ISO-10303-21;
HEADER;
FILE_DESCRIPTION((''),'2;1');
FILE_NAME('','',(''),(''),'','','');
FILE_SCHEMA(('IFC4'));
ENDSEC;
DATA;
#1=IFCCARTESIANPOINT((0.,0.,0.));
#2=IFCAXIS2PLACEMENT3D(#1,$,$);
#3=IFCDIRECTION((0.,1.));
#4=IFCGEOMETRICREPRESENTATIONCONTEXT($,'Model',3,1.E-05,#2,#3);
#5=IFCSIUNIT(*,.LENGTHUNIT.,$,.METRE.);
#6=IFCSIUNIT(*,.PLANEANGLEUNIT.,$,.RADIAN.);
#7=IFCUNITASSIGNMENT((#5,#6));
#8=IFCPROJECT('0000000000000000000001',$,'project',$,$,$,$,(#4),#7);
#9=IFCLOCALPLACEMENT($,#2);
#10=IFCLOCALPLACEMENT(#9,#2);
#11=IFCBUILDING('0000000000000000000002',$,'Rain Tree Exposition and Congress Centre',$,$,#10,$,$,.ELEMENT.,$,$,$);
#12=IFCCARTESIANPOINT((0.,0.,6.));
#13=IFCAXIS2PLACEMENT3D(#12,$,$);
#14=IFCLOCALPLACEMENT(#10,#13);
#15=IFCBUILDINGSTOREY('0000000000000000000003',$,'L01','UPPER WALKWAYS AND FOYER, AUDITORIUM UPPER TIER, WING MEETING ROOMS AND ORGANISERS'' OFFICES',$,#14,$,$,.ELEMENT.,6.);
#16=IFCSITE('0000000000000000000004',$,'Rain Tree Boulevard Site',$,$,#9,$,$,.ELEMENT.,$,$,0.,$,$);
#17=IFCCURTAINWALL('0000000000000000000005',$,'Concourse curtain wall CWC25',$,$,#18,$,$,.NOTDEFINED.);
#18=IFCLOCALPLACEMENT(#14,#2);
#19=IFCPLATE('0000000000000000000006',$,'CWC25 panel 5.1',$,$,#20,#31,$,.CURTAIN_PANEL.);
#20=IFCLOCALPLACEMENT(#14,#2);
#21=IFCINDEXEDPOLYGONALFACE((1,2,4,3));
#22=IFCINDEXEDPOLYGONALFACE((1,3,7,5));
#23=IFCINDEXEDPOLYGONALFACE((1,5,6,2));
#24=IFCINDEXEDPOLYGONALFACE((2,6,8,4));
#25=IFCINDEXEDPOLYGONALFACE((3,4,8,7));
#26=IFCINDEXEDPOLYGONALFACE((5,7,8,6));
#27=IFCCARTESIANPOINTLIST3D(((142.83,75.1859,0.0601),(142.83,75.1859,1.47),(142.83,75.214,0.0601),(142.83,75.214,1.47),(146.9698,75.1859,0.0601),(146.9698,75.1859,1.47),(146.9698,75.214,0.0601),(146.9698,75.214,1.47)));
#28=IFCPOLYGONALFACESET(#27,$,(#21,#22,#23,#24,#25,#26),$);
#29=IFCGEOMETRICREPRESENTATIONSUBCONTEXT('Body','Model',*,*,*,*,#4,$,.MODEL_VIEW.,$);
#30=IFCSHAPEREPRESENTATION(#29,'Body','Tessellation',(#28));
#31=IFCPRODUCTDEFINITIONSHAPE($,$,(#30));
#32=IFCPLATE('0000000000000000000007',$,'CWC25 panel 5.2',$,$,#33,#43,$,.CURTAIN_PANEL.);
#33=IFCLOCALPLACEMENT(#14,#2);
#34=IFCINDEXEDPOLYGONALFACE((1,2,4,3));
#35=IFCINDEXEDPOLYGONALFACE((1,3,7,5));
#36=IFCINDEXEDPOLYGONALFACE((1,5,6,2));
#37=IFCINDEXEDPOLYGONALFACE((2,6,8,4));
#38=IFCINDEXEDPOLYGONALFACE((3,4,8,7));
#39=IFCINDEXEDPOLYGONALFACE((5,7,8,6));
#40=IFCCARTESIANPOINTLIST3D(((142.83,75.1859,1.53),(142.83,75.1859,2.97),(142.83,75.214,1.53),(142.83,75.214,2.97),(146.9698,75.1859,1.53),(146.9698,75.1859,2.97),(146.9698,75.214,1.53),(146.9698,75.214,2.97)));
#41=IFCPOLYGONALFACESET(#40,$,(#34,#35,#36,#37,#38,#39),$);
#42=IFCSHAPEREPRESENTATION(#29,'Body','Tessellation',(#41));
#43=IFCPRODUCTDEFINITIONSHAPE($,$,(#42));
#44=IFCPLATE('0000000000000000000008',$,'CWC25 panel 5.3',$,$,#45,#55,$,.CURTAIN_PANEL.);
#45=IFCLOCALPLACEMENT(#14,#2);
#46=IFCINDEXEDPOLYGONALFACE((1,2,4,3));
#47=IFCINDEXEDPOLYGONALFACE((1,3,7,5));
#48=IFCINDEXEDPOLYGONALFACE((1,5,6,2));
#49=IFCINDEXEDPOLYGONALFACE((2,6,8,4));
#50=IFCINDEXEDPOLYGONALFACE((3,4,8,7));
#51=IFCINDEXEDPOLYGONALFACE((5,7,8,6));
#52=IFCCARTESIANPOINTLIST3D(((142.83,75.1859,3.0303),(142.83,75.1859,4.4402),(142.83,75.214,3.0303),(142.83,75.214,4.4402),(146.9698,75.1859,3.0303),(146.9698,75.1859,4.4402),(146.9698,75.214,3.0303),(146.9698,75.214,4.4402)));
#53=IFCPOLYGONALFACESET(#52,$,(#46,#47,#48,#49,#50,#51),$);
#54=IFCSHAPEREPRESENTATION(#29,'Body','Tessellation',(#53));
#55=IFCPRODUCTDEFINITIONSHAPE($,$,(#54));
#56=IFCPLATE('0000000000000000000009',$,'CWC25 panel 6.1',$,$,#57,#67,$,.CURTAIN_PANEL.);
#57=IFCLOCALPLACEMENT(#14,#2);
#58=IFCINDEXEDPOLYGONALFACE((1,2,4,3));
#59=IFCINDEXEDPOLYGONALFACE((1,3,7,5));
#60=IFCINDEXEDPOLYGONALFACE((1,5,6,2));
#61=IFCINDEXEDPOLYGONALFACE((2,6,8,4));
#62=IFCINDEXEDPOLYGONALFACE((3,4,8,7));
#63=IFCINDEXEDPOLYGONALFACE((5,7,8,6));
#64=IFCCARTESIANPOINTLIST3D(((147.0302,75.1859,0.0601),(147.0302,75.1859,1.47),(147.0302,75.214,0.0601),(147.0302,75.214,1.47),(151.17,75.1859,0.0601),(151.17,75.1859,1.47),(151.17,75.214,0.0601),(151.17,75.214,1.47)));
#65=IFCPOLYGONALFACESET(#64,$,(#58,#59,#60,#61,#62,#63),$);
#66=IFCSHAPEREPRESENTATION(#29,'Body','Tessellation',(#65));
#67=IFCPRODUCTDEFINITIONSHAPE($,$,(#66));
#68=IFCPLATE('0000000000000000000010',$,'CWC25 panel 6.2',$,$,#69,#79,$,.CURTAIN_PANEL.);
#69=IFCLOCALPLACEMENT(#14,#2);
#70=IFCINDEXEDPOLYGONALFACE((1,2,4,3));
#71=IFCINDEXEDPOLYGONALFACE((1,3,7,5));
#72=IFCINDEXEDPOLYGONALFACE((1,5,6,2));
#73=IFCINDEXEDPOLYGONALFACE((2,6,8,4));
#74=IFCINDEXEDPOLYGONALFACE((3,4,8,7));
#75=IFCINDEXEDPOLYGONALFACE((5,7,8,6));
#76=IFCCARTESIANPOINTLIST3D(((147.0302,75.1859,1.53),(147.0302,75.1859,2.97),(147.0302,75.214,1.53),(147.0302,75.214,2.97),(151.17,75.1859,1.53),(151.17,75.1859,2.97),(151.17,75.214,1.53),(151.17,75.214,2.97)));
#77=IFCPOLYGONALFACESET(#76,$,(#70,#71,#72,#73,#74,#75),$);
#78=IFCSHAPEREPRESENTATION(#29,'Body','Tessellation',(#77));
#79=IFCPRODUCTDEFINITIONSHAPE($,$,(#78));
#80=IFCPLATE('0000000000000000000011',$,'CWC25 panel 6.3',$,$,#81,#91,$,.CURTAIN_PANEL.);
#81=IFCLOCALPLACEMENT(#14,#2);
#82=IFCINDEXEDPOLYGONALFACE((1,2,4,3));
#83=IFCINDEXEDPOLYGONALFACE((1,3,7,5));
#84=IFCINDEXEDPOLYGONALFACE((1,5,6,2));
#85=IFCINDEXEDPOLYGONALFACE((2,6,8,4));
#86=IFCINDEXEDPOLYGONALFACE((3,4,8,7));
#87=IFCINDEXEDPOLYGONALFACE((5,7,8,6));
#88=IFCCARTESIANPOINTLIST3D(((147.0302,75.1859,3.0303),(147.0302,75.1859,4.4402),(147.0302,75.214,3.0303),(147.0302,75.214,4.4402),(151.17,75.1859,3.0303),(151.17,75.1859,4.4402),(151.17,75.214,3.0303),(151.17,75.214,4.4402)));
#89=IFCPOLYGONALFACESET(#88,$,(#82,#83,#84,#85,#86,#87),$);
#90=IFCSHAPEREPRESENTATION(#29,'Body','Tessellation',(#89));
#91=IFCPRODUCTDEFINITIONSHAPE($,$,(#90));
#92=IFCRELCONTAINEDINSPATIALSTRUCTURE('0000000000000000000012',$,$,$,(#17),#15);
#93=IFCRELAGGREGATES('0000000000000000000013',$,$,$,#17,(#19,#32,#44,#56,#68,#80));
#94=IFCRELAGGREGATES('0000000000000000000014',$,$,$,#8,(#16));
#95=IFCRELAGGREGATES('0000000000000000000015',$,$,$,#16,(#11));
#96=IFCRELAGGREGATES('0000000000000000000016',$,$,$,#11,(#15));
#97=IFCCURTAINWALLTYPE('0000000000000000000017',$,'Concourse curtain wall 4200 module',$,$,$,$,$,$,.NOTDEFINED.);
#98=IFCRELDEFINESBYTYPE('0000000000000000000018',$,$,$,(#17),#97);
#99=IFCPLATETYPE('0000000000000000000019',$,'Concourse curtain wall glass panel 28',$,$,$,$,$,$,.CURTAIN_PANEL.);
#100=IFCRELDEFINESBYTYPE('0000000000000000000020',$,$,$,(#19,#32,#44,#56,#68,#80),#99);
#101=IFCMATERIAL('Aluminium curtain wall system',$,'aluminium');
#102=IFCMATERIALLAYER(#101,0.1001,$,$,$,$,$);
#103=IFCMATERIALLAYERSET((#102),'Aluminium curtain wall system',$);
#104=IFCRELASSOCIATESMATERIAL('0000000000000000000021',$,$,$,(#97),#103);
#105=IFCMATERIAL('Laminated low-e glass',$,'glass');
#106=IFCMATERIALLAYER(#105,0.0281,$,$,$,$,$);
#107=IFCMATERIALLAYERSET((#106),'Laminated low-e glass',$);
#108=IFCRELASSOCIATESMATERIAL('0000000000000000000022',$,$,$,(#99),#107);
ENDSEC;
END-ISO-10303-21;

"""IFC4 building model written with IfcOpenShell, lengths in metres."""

from ifc_helpers import new_model, si_unit, direction, frame, origin, origin_2d, place, context, subcontext, project, spatial, rectangle, extrude, material, layer, layer_set, type_object, element, aggregate, save


model = new_model("IFC4")

# Units and contexts
model_context = context("Model", 3, precision=1e-05, world=origin(), true_north=direction((0.0, 1.0)))
body_context = subcontext(model_context, "Body", "Model", "MODEL_VIEW")
ifc_project = project(units=[si_unit("LENGTHUNIT", "METRE"), si_unit("PLANEANGLEUNIT", "RADIAN")], contexts=[model_context])

# Site, building, storey
site_placement = place(None, origin())
site = spatial("IfcSite", under=ifc_project, at=site_placement, Name="Rain Tree Boulevard Site", CompositionType="ELEMENT", RefElevation=0.0)
building_placement = place(site_placement, origin())
building = spatial("IfcBuilding", under=site, at=building_placement, Name="Rain Tree Exposition and Congress Centre", CompositionType="ELEMENT")
storey_placement = place(building_placement, frame((0.0, 0.0, 6.0)))
storey = spatial("IfcBuildingStorey", under=building, at=storey_placement, Name="L01", Description="UPPER WALKWAYS AND FOYER, AUDITORIUM UPPER TIER, WING MEETING ROOMS AND ORGANISERS' OFFICES", CompositionType="ELEMENT", Elevation=6.0)

# Curtain wall
ifc_material_1 = material(Name="Aluminium curtain wall system", Category="aluminium")
ifc_layer_1 = layer(ifc_material_1, 0.1001)
ifc_layer_set_1 = layer_set([ifc_layer_1], Name="Aluminium curtain wall system")
curtain_wall_type = type_object("IfcCurtainWallType", Name="Concourse curtain wall 4200 module", PredefinedType="NOTDEFINED", material=ifc_layer_set_1)
curtain_wall_placement = place(storey_placement, origin())
curtain_wall = element("IfcCurtainWall", 1, at=curtain_wall_placement, inside=storey, type_object=curtain_wall_type, Name="Concourse curtain wall CWC25", PredefinedType="NOTDEFINED")

# Plates
ifc_material_2 = material(Name="Laminated low-e glass", Category="glass")
ifc_layer_2 = layer(ifc_material_2, 0.0281)
ifc_layer_set_2 = layer_set([ifc_layer_2], Name="Laminated low-e glass")
plate_type = type_object("IfcPlateType", Name="Concourse curtain wall glass panel 28", PredefinedType="CURTAIN_PANEL", material=ifc_layer_set_2)
plate_1_placement = place(storey_placement, frame((144.8999, 75.2, 0.0601), z_axis=(0.0, 0.0, 1.0), x_axis=(1.0, 0.0, 0.0)))
plate_1 = element("IfcPlate", 2, at=plate_1_placement, type_object=plate_type, Name="CWC25 panel 5.1", PredefinedType="CURTAIN_PANEL", context=body_context, shape_type="SweptSolid", body=[
    extrude(rectangle(XDim=4.1399, YDim=0.0281, at=origin_2d()), origin(), (0.0, 0.0, 1.0), 1.4099),
])
plate_2_placement = place(storey_placement, frame((144.8999, 75.2, 1.53), z_axis=(0.0, 0.0, 1.0), x_axis=(1.0, 0.0, 0.0)))
plate_2 = element("IfcPlate", 3, at=plate_2_placement, type_object=plate_type, Name="CWC25 panel 5.2", PredefinedType="CURTAIN_PANEL", context=body_context, shape_type="SweptSolid", body=[
    extrude(rectangle(XDim=4.1399, YDim=0.0281, at=origin_2d()), origin(), (0.0, 0.0, 1.0), 1.4399),
])
plate_3_placement = place(storey_placement, frame((144.8999, 75.2, 3.0303), z_axis=(0.0, 0.0, 1.0), x_axis=(1.0, 0.0, 0.0)))
plate_3 = element("IfcPlate", 4, at=plate_3_placement, type_object=plate_type, Name="CWC25 panel 5.3", PredefinedType="CURTAIN_PANEL", context=body_context, shape_type="SweptSolid", body=[
    extrude(rectangle(XDim=4.1399, YDim=0.0281, at=origin_2d()), origin(), (0.0, 0.0, 1.0), 1.4099),
])
plate_4_placement = place(storey_placement, frame((149.1001, 75.2, 0.0601), z_axis=(0.0, 0.0, 1.0), x_axis=(1.0, 0.0, 0.0)))
plate_4 = element("IfcPlate", 5, at=plate_4_placement, type_object=plate_type, Name="CWC25 panel 6.1", PredefinedType="CURTAIN_PANEL", context=body_context, shape_type="SweptSolid", body=[
    extrude(rectangle(XDim=4.1399, YDim=0.0281, at=origin_2d()), origin(), (0.0, 0.0, 1.0), 1.4099),
])
plate_5_placement = place(storey_placement, frame((149.1001, 75.2, 1.53), z_axis=(0.0, 0.0, 1.0), x_axis=(1.0, 0.0, 0.0)))
plate_5 = element("IfcPlate", 6, at=plate_5_placement, type_object=plate_type, Name="CWC25 panel 6.2", PredefinedType="CURTAIN_PANEL", context=body_context, shape_type="SweptSolid", body=[
    extrude(rectangle(XDim=4.1399, YDim=0.0281, at=origin_2d()), origin(), (0.0, 0.0, 1.0), 1.4399),
])
plate_6_placement = place(storey_placement, frame((149.1001, 75.2, 3.0303), z_axis=(0.0, 0.0, 1.0), x_axis=(1.0, 0.0, 0.0)))
plate_6 = element("IfcPlate", 7, at=plate_6_placement, type_object=plate_type, Name="CWC25 panel 6.3", PredefinedType="CURTAIN_PANEL", context=body_context, shape_type="SweptSolid", body=[
    extrude(rectangle(XDim=4.1399, YDim=0.0281, at=origin_2d()), origin(), (0.0, 0.0, 1.0), 1.4099),
])
aggregate(curtain_wall, [plate_1, plate_2, plate_3, plate_4, plate_5, plate_6])

save(model, "model.ifc")
